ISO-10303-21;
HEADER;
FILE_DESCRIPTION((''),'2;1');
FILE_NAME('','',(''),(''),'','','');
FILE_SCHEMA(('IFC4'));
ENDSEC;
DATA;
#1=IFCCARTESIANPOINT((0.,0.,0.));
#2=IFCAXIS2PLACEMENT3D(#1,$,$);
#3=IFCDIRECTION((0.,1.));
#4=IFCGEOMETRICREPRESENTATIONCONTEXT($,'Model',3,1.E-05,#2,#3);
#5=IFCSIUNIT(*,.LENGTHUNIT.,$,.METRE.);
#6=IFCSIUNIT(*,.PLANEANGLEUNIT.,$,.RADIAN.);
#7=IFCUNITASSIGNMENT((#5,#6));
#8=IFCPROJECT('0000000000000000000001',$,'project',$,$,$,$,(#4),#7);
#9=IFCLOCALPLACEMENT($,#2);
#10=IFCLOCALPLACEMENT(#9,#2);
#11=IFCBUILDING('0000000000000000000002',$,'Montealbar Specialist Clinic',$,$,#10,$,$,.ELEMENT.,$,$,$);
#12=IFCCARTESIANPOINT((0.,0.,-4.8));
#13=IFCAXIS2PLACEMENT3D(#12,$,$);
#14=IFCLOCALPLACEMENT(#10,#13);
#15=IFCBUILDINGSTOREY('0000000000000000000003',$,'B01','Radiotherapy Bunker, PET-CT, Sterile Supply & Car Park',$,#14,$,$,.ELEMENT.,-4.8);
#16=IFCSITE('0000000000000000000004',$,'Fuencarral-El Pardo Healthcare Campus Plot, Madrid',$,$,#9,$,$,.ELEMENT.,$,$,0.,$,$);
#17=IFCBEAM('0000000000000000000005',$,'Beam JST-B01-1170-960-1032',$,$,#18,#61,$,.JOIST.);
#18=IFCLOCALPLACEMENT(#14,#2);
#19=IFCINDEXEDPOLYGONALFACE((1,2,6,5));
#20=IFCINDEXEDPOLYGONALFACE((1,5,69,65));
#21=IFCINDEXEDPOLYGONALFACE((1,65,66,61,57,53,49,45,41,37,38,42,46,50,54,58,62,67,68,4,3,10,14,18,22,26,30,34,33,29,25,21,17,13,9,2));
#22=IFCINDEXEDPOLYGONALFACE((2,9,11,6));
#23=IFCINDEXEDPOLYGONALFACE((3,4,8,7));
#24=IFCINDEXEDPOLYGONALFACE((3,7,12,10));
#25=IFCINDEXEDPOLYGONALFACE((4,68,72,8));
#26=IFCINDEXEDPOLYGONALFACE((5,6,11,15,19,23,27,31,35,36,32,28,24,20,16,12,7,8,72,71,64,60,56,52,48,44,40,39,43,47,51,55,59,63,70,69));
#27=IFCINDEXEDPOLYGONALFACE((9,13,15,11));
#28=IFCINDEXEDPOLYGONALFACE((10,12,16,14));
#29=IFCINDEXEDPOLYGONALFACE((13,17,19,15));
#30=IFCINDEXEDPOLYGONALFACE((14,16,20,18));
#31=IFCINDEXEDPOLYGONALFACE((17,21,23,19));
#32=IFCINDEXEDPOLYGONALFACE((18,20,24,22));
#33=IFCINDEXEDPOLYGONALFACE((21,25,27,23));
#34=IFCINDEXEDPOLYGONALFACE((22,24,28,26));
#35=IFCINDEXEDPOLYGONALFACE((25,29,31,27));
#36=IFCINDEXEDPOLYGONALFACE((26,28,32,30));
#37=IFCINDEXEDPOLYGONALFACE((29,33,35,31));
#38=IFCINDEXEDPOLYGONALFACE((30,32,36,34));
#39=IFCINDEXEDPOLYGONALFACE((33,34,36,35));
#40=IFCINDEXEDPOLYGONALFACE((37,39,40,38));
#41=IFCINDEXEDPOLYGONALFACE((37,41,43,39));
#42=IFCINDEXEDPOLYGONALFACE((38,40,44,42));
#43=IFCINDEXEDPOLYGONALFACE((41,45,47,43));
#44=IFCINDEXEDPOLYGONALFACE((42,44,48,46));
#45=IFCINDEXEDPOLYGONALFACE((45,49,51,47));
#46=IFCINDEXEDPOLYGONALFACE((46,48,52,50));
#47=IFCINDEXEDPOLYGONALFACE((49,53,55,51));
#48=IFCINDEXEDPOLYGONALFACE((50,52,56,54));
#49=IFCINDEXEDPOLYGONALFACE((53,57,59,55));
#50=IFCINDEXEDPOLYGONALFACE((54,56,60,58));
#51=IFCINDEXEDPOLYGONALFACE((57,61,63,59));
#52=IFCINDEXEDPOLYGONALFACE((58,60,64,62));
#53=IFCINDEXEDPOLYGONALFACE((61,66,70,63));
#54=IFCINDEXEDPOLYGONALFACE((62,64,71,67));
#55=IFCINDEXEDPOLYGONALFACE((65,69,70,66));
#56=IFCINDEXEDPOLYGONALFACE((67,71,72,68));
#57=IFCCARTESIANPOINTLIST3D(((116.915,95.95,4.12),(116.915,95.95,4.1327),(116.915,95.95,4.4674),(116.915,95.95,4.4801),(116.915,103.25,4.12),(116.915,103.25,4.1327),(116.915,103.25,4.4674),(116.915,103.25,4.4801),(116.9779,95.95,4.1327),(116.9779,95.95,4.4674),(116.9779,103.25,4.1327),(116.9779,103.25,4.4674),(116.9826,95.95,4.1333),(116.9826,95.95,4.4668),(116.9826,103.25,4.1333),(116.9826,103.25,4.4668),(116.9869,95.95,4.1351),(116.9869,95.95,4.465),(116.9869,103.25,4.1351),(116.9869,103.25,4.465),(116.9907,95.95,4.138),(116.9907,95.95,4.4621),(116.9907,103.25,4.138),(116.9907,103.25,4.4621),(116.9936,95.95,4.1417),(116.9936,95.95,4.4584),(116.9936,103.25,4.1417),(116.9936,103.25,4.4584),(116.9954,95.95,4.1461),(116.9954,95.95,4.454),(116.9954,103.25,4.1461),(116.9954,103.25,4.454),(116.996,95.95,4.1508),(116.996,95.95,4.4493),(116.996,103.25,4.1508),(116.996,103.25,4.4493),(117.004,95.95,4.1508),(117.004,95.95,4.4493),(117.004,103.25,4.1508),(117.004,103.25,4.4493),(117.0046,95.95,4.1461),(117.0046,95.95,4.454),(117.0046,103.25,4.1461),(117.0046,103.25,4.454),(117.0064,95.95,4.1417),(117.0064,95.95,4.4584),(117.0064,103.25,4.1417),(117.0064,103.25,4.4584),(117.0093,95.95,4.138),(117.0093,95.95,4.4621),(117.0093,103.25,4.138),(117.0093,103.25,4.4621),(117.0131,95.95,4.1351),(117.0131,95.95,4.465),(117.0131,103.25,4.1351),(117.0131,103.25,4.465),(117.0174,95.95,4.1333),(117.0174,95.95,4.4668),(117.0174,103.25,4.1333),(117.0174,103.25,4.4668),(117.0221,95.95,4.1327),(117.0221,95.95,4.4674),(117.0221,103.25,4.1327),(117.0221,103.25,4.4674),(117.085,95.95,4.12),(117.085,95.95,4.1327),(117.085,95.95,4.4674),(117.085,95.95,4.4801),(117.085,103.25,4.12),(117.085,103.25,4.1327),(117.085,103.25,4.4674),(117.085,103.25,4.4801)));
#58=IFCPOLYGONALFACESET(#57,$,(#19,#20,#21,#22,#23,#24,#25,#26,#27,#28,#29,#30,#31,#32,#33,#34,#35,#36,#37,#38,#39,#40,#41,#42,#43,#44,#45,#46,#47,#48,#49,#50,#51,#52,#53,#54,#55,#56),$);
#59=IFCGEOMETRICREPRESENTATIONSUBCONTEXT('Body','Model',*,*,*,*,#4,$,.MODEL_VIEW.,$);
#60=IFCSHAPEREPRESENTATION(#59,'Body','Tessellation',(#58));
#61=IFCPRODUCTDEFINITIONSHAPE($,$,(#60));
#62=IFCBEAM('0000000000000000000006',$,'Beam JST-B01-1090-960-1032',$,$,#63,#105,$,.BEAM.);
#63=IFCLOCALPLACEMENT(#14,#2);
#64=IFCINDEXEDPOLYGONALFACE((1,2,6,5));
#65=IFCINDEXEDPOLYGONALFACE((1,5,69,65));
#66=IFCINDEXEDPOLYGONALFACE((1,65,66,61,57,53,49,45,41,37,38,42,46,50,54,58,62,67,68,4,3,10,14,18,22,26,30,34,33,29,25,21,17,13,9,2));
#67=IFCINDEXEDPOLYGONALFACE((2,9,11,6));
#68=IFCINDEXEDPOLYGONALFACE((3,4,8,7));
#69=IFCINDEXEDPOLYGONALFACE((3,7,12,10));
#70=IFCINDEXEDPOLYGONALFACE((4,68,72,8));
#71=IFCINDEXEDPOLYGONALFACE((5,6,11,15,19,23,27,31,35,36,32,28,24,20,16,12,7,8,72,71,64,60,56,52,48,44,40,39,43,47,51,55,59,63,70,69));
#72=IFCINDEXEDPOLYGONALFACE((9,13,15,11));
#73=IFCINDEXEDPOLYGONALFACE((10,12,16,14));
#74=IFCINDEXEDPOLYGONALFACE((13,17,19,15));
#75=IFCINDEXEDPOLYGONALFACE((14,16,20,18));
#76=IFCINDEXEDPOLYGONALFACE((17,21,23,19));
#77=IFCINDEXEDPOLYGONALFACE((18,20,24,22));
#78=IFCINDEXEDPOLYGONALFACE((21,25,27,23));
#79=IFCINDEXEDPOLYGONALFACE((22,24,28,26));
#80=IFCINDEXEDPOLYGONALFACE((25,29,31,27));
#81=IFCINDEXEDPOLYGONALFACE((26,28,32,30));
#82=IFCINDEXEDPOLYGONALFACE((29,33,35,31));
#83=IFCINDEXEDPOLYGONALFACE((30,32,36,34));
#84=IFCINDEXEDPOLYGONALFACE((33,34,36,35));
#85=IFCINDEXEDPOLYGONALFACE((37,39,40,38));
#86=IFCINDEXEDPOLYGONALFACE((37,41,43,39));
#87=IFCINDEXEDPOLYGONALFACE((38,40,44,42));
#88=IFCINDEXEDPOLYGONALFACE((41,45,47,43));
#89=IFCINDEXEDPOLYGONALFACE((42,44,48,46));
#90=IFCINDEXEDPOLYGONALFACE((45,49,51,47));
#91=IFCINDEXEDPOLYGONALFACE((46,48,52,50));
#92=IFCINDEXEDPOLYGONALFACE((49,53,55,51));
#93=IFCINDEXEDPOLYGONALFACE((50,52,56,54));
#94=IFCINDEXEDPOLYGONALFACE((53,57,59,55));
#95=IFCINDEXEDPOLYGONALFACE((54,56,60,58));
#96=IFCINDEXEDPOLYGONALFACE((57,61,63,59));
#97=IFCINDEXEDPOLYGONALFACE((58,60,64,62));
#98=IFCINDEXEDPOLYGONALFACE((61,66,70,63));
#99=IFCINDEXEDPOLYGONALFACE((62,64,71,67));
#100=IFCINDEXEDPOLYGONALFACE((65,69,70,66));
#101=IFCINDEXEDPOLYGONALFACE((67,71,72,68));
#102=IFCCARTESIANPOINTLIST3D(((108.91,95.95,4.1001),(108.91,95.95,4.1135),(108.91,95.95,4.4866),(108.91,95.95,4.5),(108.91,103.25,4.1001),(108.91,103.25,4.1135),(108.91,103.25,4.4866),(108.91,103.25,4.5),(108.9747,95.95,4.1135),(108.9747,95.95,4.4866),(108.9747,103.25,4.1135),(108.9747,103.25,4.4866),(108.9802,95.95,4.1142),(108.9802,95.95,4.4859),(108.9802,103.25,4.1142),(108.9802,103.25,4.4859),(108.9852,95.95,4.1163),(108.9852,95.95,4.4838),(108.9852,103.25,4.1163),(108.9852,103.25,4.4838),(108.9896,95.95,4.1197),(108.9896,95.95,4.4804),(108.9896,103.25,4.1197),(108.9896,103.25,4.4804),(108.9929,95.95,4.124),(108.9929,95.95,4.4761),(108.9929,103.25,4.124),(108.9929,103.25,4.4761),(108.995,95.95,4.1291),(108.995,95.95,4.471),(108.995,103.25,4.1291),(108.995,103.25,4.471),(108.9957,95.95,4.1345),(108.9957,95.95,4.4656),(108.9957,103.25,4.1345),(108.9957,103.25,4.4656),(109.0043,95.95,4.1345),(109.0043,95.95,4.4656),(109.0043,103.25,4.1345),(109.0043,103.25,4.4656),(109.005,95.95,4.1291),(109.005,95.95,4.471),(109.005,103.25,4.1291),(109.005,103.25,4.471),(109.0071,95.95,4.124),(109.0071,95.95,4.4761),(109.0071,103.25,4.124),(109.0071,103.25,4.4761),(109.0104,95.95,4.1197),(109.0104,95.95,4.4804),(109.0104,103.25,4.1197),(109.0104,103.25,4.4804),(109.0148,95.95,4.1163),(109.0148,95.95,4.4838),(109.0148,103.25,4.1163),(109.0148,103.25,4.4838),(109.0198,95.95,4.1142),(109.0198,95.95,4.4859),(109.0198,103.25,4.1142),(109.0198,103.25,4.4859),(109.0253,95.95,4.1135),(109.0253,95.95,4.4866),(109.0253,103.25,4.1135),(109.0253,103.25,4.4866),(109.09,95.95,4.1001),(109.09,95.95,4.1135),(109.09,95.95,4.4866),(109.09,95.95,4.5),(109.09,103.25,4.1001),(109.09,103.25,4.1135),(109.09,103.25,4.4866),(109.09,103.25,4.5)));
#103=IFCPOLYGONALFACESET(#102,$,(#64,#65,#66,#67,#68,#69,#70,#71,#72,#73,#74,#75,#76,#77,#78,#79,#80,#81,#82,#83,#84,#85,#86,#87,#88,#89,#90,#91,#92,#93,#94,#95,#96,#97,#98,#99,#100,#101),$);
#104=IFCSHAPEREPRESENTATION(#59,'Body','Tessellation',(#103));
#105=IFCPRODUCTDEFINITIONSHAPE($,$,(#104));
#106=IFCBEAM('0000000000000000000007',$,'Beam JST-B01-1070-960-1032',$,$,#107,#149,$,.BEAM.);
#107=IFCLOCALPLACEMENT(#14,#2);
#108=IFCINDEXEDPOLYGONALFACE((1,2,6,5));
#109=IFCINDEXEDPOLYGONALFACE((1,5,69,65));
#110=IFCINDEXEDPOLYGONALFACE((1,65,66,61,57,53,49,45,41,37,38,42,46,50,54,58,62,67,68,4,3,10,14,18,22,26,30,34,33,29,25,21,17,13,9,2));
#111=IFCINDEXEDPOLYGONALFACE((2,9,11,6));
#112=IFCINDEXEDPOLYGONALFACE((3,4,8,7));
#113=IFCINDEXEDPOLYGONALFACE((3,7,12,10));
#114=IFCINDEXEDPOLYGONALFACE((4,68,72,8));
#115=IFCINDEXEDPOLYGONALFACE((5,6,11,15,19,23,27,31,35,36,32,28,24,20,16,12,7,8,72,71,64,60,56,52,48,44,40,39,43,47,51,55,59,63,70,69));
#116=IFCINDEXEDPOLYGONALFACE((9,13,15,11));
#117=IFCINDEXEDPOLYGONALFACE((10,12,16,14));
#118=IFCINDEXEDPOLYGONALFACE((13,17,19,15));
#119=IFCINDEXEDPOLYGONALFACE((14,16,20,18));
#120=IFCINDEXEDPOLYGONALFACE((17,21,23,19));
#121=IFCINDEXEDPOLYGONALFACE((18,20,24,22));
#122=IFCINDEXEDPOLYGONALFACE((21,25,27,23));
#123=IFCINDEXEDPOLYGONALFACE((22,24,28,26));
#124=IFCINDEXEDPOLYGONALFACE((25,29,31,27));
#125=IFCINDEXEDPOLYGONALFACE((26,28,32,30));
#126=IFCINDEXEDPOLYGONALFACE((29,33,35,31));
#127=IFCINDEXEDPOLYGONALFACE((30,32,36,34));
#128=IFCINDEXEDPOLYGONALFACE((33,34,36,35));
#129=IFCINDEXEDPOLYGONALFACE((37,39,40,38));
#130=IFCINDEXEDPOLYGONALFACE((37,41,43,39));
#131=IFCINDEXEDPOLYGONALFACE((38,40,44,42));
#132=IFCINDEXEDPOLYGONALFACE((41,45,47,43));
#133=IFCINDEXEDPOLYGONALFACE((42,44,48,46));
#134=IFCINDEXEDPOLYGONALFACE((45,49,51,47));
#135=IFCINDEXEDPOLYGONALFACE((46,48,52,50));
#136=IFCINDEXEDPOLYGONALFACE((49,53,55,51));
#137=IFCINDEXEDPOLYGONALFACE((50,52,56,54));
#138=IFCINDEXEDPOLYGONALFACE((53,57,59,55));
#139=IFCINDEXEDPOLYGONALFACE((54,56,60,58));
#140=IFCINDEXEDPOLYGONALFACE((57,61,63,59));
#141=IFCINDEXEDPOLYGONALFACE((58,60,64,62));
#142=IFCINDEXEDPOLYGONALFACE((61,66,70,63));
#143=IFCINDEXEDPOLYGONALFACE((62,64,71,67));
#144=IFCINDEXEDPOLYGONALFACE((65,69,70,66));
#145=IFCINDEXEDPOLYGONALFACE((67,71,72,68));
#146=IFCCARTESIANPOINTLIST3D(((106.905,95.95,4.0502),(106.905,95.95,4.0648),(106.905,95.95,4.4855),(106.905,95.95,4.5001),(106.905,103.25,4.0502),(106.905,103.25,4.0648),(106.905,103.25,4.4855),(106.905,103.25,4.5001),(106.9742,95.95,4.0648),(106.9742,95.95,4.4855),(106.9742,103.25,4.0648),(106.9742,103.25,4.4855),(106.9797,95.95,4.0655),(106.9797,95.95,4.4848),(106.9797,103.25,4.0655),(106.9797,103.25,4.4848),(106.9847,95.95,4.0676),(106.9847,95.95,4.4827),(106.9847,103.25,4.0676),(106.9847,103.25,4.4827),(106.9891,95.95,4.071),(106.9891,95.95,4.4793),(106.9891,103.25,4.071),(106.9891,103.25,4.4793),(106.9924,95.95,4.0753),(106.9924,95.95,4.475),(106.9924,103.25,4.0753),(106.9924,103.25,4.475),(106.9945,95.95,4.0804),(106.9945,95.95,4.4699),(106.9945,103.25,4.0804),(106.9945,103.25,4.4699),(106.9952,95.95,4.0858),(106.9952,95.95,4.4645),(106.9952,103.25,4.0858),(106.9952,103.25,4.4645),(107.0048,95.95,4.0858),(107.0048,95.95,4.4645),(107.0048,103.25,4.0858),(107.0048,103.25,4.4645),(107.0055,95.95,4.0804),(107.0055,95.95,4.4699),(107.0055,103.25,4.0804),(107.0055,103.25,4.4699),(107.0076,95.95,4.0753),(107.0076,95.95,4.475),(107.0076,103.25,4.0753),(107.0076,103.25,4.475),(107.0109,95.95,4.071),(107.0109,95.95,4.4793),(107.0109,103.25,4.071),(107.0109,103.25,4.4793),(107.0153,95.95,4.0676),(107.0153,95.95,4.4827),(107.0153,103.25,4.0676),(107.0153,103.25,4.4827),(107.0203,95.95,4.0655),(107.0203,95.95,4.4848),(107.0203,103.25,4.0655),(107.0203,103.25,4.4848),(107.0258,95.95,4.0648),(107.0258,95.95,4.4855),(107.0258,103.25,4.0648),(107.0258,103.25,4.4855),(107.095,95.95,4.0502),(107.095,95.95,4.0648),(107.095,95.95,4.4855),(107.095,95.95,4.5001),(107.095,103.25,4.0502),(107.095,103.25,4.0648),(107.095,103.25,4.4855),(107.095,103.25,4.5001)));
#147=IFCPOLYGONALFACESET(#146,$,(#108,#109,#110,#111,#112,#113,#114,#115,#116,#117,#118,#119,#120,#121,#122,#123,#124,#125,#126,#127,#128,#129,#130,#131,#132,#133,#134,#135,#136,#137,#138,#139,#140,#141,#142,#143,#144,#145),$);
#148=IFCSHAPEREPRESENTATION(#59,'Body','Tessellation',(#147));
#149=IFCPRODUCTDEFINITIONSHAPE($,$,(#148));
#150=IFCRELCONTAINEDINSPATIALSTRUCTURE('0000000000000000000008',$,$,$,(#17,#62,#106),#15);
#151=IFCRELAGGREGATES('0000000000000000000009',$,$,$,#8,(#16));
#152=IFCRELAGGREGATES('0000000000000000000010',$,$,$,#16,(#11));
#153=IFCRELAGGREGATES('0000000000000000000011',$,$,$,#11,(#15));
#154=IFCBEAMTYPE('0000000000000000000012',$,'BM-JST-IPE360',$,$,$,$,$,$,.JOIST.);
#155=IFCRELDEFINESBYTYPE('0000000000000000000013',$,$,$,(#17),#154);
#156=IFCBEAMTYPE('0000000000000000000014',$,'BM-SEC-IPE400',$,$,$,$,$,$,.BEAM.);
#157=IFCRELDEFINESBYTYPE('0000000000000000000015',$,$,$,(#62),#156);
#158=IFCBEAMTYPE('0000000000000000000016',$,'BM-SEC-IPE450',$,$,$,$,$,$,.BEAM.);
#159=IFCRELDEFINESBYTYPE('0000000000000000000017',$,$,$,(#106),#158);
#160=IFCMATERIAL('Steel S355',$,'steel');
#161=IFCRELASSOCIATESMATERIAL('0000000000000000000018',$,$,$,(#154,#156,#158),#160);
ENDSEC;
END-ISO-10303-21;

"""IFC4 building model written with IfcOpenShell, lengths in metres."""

from ifc_helpers import new_model, si_unit, direction, frame, origin, origin_2d, place, context, subcontext, project, spatial, i_section, extrude, material, material_profile, profile_set, type_object, element, save


model = new_model("IFC4")

# Units and contexts
model_context = context("Model", 3, precision=1e-05, world=origin(), true_north=direction((0.0, 1.0)))
body_context = subcontext(model_context, "Body", "Model", "MODEL_VIEW")
ifc_project = project(units=[si_unit("LENGTHUNIT", "METRE"), si_unit("PLANEANGLEUNIT", "RADIAN")], contexts=[model_context])

# Site, building, storey
site_placement = place(None, origin())
site = spatial("IfcSite", under=ifc_project, at=site_placement, Name="Fuencarral-El Pardo Healthcare Campus Plot, Madrid", CompositionType="ELEMENT", RefElevation=0.0)
building_placement = place(site_placement, origin())
building = spatial("IfcBuilding", under=site, at=building_placement, Name="Montealbar Specialist Clinic", CompositionType="ELEMENT")
storey_placement = place(building_placement, frame((0.0, 0.0, -4.8)))
storey = spatial("IfcBuildingStorey", under=building, at=storey_placement, Name="B01", Description="Radiotherapy Bunker, PET-CT, Sterile Supply & Car Park", CompositionType="ELEMENT", Elevation=-4.8)

# Shared definitions
ifc_material_1 = material(Name="Steel S355", Category="steel")

# Beams
ifc_material_profile_1 = material_profile(ifc_material_1, i_section(OverallWidth=0.1699, OverallDepth=0.3601, WebThickness=0.0081, FlangeThickness=0.0127, FilletRadius=0.0181, at=origin_2d()), Name="IPE 360", Category="steel")
ifc_profile_set_1 = profile_set([ifc_material_profile_1], Name="Steel S355")
beam_type_1 = type_object("IfcBeamType", Name="BM-JST-IPE360", PredefinedType="JOIST", material=ifc_profile_set_1)
beam_1_placement = place(storey_placement, frame((117.0, 95.95, 4.3), z_axis=(0.0, 1.0, 0.0), x_axis=(-1.0, 0.0, 0.0)))
element("IfcBeam", 1, at=beam_1_placement, inside=storey, type_object=beam_type_1, Name="Beam JST-B01-1170-960-1032", PredefinedType="JOIST", context=body_context, shape_type="SweptSolid", body=[
    extrude(i_section(OverallWidth=0.1699, OverallDepth=0.3601, WebThickness=0.0081, FlangeThickness=0.0127, FilletRadius=0.0181, at=origin_2d()), origin(), (0.0, 0.0, 1.0), 7.3),
])
ifc_material_profile_2 = material_profile(ifc_material_1, i_section(OverallWidth=0.1799, OverallDepth=0.3999, WebThickness=0.0085, FlangeThickness=0.0134, FilletRadius=0.021, at=origin_2d()), Name="IPE 400", Category="steel")
ifc_profile_set_2 = profile_set([ifc_material_profile_2], Name="Steel S355")
beam_type_2 = type_object("IfcBeamType", Name="BM-SEC-IPE400", PredefinedType="BEAM", material=ifc_profile_set_2)
beam_2_placement = place(storey_placement, frame((109.0, 95.95, 4.3), z_axis=(0.0, 1.0, 0.0), x_axis=(-1.0, 0.0, 0.0)))
element("IfcBeam", 2, at=beam_2_placement, inside=storey, type_object=beam_type_2, Name="Beam JST-B01-1090-960-1032", PredefinedType="BEAM", context=body_context, shape_type="SweptSolid", body=[
    extrude(i_section(OverallWidth=0.1799, OverallDepth=0.3999, WebThickness=0.0085, FlangeThickness=0.0134, FilletRadius=0.021, at=origin_2d()), origin(), (0.0, 0.0, 1.0), 7.3),
])
ifc_material_profile_3 = material_profile(ifc_material_1, i_section(OverallWidth=0.1899, OverallDepth=0.45, WebThickness=0.0095, FlangeThickness=0.0146, FilletRadius=0.021, at=origin_2d()), Name="IPE 450", Category="steel")
ifc_profile_set_3 = profile_set([ifc_material_profile_3], Name="Steel S355")
beam_type_3 = type_object("IfcBeamType", Name="BM-SEC-IPE450", PredefinedType="BEAM", material=ifc_profile_set_3)
beam_3_placement = place(storey_placement, frame((107.0, 95.95, 4.2751), z_axis=(0.0, 1.0, 0.0), x_axis=(-1.0, 0.0, 0.0)))
element("IfcBeam", 3, at=beam_3_placement, inside=storey, type_object=beam_type_3, Name="Beam JST-B01-1070-960-1032", PredefinedType="BEAM", context=body_context, shape_type="SweptSolid", body=[
    extrude(i_section(OverallWidth=0.1899, OverallDepth=0.45, WebThickness=0.0095, FlangeThickness=0.0146, FilletRadius=0.021, at=origin_2d()), origin(), (0.0, 0.0, 1.0), 7.3),
])

save(model, "model.ifc")
